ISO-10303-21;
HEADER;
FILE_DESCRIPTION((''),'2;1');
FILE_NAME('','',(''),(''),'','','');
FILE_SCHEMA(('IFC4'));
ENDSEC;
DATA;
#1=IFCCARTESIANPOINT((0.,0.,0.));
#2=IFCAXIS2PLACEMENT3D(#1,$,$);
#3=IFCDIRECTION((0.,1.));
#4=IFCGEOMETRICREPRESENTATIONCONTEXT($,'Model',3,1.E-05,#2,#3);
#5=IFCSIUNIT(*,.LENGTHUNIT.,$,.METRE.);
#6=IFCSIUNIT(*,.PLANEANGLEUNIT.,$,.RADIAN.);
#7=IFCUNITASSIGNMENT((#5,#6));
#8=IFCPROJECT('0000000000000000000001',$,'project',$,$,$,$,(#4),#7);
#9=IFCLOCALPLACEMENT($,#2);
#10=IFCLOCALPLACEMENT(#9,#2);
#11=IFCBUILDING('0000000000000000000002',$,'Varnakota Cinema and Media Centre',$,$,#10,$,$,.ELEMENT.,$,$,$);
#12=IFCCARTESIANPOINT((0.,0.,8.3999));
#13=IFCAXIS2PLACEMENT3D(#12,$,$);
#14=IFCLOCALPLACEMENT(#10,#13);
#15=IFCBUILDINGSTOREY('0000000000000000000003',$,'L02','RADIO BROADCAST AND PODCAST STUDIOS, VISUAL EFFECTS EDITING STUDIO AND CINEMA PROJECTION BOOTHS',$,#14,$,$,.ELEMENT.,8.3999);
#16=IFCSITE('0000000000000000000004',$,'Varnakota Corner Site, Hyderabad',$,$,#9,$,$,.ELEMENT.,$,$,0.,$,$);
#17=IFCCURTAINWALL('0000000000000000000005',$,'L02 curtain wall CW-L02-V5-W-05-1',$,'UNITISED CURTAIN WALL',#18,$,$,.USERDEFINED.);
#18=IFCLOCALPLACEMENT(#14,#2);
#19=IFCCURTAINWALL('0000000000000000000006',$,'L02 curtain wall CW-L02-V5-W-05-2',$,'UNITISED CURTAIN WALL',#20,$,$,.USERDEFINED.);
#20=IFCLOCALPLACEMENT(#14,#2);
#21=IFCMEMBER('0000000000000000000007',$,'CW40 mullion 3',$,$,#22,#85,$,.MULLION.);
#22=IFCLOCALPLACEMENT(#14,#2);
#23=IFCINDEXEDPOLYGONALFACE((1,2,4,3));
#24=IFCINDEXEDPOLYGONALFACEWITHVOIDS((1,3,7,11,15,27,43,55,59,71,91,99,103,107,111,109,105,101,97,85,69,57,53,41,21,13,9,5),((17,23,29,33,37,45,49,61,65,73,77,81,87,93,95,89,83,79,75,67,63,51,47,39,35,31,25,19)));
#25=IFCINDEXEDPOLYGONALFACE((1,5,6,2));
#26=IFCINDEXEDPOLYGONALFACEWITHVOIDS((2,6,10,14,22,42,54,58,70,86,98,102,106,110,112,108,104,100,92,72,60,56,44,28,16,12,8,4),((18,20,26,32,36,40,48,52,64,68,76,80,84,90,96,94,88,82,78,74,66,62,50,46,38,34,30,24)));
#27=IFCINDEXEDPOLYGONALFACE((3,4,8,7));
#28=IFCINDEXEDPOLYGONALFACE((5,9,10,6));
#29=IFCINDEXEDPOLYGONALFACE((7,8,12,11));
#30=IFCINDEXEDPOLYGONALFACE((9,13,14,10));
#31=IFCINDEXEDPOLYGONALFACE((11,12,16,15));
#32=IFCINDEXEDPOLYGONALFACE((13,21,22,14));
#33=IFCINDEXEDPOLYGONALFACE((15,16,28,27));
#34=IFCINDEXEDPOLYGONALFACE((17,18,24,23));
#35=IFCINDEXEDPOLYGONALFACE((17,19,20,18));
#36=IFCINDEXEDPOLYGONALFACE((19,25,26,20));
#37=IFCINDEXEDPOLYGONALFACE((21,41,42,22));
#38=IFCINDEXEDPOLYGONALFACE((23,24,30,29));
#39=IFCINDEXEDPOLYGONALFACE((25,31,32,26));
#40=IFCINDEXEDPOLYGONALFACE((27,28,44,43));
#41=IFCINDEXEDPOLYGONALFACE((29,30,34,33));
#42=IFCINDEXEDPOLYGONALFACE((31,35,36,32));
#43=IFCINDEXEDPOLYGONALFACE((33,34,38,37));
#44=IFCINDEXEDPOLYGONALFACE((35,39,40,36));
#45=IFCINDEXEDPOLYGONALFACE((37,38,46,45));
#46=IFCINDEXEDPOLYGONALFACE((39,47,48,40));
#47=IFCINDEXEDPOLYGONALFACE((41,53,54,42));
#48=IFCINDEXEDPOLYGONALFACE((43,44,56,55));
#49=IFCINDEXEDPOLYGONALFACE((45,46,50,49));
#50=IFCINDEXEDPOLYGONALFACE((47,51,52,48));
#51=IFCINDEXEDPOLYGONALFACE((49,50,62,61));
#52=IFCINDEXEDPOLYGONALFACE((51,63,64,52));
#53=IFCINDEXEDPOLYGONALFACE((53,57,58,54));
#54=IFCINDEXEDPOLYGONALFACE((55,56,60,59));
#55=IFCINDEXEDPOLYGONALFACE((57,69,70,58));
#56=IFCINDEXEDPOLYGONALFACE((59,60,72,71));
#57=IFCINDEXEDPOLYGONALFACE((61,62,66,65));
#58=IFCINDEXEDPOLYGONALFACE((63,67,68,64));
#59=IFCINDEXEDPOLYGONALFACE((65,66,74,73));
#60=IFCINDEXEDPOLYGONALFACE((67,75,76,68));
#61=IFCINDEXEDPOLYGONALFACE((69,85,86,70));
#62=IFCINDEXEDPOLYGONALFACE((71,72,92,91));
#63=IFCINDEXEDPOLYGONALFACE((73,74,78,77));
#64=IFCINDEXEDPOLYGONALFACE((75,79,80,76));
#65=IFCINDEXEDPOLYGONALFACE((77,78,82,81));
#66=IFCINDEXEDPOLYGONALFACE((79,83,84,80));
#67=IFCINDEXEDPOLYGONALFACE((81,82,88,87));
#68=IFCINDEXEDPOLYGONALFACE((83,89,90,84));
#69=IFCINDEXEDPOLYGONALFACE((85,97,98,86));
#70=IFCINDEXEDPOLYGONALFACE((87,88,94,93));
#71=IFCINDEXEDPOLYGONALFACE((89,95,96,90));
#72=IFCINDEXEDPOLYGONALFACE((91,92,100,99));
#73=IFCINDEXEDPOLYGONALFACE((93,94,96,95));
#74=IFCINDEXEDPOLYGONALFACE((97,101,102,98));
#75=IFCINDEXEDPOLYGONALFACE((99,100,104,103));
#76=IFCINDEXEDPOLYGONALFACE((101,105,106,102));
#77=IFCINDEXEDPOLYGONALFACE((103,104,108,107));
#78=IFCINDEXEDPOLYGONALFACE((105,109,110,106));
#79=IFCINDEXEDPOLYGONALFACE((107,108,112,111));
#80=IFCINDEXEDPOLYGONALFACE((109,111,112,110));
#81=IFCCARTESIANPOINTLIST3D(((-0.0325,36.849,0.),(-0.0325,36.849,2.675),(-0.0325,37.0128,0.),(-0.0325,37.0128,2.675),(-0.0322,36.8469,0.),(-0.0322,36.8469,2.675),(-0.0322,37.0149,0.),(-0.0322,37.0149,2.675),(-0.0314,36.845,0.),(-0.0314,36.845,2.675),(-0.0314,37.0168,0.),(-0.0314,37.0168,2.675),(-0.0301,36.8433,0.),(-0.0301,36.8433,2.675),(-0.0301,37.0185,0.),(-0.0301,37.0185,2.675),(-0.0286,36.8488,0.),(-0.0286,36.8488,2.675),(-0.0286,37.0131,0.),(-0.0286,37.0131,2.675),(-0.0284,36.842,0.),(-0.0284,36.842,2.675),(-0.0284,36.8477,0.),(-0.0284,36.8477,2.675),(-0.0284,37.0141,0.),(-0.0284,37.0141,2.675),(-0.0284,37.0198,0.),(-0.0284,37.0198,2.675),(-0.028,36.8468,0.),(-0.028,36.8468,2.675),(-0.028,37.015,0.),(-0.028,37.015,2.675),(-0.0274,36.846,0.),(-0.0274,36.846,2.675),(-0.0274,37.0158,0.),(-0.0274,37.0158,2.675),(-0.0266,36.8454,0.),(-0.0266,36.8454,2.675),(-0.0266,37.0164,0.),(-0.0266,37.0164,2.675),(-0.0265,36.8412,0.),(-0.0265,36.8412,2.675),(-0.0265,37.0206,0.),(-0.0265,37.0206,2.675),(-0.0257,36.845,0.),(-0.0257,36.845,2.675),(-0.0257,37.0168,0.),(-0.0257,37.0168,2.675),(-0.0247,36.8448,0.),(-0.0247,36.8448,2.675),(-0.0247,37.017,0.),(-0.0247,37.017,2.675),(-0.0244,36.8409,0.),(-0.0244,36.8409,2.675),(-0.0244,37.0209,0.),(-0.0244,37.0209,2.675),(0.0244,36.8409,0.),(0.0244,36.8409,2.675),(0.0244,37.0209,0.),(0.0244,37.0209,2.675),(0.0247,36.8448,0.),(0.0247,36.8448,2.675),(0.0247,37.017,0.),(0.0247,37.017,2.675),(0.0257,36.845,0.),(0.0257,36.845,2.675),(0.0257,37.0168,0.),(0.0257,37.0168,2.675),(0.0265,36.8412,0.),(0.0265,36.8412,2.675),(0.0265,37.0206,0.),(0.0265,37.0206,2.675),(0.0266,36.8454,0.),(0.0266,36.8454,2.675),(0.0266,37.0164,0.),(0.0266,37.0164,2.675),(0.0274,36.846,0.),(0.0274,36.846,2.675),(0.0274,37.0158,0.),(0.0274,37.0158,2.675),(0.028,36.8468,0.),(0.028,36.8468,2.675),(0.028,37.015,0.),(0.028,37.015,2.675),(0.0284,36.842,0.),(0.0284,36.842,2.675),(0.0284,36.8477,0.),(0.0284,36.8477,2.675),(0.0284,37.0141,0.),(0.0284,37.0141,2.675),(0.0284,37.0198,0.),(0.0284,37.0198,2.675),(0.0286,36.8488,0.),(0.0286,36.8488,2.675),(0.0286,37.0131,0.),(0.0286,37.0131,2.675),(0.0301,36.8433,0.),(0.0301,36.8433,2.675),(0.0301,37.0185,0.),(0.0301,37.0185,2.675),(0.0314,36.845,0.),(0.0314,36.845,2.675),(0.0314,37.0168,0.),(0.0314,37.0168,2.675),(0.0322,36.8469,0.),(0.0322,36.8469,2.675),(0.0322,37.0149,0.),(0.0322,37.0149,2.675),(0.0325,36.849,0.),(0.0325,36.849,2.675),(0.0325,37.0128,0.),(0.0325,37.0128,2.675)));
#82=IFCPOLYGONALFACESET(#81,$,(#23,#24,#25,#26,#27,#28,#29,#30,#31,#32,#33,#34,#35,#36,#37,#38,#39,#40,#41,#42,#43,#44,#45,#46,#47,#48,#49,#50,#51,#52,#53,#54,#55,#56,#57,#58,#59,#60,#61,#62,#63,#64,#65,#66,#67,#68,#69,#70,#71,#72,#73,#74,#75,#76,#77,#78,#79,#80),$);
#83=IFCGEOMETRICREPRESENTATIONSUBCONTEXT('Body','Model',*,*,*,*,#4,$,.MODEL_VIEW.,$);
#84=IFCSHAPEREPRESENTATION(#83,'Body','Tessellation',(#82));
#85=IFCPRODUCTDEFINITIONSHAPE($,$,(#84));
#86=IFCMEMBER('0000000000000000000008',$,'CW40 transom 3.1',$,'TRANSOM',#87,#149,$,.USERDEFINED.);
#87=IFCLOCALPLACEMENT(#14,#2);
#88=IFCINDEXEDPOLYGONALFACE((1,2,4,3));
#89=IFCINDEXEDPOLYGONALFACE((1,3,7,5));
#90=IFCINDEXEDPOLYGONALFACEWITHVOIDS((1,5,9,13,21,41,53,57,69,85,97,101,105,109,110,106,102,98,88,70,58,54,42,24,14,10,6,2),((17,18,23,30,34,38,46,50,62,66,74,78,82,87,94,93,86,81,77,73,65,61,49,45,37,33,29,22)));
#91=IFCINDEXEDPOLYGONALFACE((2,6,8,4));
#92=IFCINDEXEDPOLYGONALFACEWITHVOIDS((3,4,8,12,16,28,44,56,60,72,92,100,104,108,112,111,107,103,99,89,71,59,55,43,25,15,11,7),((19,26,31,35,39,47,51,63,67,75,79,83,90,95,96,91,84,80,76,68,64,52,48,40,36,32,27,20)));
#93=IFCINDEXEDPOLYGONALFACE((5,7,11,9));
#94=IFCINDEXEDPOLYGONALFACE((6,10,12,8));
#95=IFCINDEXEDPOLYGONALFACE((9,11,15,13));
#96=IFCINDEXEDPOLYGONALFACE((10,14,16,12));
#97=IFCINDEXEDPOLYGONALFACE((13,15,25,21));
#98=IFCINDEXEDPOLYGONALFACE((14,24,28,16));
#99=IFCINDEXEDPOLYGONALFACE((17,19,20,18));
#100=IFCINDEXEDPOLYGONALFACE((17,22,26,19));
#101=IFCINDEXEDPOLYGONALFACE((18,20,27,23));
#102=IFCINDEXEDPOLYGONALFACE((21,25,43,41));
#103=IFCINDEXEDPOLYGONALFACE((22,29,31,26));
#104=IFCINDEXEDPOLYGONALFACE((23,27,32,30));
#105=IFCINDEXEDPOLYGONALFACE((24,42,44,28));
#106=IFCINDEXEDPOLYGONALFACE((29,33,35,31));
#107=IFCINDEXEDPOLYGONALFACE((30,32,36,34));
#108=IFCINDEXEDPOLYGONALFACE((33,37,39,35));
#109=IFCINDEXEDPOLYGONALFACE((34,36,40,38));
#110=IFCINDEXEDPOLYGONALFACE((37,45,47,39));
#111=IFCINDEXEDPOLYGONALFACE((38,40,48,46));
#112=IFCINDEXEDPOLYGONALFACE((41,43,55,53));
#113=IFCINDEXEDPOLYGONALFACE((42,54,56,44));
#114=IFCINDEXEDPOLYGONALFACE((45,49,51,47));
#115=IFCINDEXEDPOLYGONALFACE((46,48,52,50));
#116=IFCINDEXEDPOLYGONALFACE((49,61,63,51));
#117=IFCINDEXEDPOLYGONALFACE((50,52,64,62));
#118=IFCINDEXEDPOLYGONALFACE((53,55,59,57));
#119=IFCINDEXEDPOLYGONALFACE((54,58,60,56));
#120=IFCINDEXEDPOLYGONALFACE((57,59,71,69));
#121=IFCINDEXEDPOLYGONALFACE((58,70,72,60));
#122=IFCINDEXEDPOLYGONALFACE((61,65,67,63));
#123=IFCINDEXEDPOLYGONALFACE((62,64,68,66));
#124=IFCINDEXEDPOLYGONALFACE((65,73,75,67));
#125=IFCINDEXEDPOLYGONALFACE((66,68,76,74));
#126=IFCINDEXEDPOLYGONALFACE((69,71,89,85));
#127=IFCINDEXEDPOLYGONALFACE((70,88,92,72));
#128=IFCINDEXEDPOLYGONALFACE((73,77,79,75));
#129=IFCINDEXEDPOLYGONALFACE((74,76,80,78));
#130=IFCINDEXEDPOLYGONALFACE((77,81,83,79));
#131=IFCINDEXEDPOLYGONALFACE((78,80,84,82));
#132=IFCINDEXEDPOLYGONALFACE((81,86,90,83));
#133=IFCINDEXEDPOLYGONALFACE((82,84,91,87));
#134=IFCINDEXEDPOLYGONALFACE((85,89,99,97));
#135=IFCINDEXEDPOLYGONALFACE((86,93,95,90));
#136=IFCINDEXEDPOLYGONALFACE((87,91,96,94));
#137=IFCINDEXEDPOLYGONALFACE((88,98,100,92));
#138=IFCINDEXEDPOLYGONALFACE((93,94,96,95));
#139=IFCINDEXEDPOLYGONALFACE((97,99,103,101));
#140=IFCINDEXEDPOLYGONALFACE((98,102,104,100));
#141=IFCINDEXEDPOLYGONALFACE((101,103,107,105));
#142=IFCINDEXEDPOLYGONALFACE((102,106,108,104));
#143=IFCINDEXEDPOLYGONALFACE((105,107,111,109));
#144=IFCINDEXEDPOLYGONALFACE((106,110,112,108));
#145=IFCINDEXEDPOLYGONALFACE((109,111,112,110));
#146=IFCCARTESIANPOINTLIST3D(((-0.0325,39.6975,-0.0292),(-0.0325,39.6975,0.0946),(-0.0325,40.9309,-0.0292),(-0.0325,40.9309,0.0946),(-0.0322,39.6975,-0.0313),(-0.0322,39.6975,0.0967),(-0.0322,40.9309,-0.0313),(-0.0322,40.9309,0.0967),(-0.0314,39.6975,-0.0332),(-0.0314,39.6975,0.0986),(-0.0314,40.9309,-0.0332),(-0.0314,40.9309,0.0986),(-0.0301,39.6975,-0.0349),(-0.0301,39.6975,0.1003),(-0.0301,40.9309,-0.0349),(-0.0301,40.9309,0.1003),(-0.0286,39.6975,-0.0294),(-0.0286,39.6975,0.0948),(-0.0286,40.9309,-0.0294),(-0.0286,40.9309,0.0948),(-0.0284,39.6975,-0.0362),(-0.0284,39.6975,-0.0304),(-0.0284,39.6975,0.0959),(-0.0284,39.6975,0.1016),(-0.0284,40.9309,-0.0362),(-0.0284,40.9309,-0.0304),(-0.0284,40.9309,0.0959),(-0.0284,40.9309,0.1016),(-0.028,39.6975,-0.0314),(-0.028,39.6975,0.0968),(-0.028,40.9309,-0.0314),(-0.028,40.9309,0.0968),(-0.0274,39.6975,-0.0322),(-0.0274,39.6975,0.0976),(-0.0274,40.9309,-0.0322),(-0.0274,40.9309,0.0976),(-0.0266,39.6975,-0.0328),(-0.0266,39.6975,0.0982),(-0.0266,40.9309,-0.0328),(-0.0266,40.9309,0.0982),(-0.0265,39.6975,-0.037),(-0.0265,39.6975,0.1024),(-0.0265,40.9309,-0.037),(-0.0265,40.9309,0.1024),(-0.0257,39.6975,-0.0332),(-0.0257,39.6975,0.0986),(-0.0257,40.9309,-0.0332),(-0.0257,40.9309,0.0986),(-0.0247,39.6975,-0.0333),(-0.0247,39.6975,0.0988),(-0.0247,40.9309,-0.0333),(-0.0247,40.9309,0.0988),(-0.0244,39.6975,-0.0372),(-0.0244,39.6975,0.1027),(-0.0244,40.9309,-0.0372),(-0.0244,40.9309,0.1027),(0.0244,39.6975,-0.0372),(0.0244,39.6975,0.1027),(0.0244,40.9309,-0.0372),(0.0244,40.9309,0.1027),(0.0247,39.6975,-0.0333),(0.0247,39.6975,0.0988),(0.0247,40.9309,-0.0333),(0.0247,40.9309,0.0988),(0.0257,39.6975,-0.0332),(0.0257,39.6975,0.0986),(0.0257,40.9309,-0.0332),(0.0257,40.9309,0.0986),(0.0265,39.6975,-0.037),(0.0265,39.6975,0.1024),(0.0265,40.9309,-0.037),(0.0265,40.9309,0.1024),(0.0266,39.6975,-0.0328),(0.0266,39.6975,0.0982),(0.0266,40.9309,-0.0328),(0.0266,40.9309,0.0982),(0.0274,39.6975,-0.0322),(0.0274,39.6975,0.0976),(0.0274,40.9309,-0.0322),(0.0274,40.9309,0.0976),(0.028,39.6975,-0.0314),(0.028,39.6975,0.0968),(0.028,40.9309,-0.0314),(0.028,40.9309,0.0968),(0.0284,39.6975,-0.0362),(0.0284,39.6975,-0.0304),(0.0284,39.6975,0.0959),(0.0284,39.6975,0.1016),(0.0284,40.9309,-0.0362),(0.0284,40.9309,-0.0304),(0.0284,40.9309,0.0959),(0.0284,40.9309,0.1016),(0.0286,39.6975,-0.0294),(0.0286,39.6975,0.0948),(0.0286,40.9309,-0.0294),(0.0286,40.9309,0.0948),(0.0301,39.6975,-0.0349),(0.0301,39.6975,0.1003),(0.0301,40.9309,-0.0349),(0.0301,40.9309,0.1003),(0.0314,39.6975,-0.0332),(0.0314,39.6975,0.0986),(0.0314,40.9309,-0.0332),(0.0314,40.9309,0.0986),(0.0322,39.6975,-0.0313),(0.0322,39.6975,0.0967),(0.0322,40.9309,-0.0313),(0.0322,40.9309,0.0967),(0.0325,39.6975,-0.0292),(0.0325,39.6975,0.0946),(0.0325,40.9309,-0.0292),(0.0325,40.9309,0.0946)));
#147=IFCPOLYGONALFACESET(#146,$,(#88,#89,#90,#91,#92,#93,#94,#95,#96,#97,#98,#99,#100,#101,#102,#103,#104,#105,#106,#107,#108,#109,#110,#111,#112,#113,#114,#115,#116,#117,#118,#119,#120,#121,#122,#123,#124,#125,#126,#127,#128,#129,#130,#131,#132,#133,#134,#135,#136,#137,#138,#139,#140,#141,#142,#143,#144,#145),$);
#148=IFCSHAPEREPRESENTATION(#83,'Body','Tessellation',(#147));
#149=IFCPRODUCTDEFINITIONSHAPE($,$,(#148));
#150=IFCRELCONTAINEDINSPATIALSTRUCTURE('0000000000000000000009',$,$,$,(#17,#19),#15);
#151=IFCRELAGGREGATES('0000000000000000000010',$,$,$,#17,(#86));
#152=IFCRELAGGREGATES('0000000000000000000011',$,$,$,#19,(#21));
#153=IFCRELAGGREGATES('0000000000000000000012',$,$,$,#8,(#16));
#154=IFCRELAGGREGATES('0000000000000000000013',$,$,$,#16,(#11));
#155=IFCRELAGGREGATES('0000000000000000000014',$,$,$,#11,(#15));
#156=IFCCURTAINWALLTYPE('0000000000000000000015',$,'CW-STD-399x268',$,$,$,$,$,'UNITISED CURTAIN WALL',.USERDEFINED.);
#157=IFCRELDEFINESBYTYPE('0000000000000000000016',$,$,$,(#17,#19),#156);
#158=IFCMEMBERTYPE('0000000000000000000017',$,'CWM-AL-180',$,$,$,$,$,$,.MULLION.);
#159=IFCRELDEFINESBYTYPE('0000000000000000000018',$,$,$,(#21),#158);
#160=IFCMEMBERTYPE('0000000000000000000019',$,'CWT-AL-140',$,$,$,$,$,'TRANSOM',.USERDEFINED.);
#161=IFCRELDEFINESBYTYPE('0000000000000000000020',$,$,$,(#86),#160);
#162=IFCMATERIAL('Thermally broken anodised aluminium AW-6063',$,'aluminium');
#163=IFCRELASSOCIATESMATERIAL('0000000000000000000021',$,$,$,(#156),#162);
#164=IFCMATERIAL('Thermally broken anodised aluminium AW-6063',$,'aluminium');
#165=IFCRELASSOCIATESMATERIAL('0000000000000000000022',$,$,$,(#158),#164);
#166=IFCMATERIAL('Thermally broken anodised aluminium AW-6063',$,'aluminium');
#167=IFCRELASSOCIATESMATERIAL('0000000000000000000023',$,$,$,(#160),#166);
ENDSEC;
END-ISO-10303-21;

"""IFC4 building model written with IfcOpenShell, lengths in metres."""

from ifc_helpers import new_model, si_unit, direction, frame, origin, origin_2d, place, context, subcontext, project, spatial, hollow_rectangle, extrude, material, material_profile, profile_set, type_object, element, aggregate, save


model = new_model("IFC4")

# Units and contexts
model_context = context("Model", 3, precision=1e-05, world=origin(), true_north=direction((0.0, 1.0)))
body_context = subcontext(model_context, "Body", "Model", "MODEL_VIEW")
ifc_project = project(units=[si_unit("LENGTHUNIT", "METRE"), si_unit("PLANEANGLEUNIT", "RADIAN")], contexts=[model_context])

# Site, building, storey
site_placement = place(None, origin())
site = spatial("IfcSite", under=ifc_project, at=site_placement, Name="Varnakota Corner Site, Hyderabad", CompositionType="ELEMENT", RefElevation=0.0)
building_placement = place(site_placement, origin())
building = spatial("IfcBuilding", under=site, at=building_placement, Name="Varnakota Cinema and Media Centre", CompositionType="ELEMENT")
storey_placement = place(building_placement, frame((0.0, 0.0, 8.3999)))
storey = spatial("IfcBuildingStorey", under=building, at=storey_placement, Name="L02", Description="RADIO BROADCAST AND PODCAST STUDIOS, VISUAL EFFECTS EDITING STUDIO AND CINEMA PROJECTION BOOTHS", CompositionType="ELEMENT", Elevation=8.3999)

# Curtain walls, member
ifc_material_1 = material(Name="Thermally broken anodised aluminium AW-6063", Category="aluminium")
curtain_wall_type = type_object("IfcCurtainWallType", Name="CW-STD-399x268", ElementType="UNITISED CURTAIN WALL", PredefinedType="USERDEFINED", material=ifc_material_1)
curtain_wall_1_placement = place(storey_placement, origin())
curtain_wall_1 = element("IfcCurtainWall", 1, at=curtain_wall_1_placement, inside=storey, type_object=curtain_wall_type, Name="L02 curtain wall CW-L02-V5-W-05-1", ObjectType="UNITISED CURTAIN WALL", PredefinedType="USERDEFINED")
ifc_material_2 = material(Name="Thermally broken anodised aluminium AW-6063", Category="aluminium")
ifc_material_profile_1 = material_profile(ifc_material_2, hollow_rectangle(XDim=0.0649, YDim=0.1799, WallThickness=0.0039, InnerFilletRadius=0.0039, OuterFilletRadius=0.0081, at=origin_2d()), Name="AL-MULLION 180x65x4")
ifc_profile_set_1 = profile_set([ifc_material_profile_1], Name="Thermally broken anodised aluminium AW-6063")
member_type_1 = type_object("IfcMemberType", Name="CWM-AL-180", PredefinedType="MULLION", material=ifc_profile_set_1)
curtain_wall_2_placement = place(storey_placement, origin())
curtain_wall_2 = element("IfcCurtainWall", 2, at=curtain_wall_2_placement, inside=storey, type_object=curtain_wall_type, Name="L02 curtain wall CW-L02-V5-W-05-2", ObjectType="UNITISED CURTAIN WALL", PredefinedType="USERDEFINED")
member_1_placement = place(storey_placement, frame((0.0, 36.9309, 0.0), z_axis=(0.0, 0.0, 1.0), x_axis=(1.0, 0.0, 0.0)))
member_1 = element("IfcMember", 3, at=member_1_placement, type_object=member_type_1, Name="CW40 mullion 3", PredefinedType="MULLION", context=body_context, shape_type="SweptSolid", body=[
    extrude(hollow_rectangle(XDim=0.0649, YDim=0.1799, WallThickness=0.0039, InnerFilletRadius=0.0039, OuterFilletRadius=0.0081, at=origin_2d()), origin(), (0.0, 0.0, 1.0), 2.675),
])

# Member
ifc_material_3 = material(Name="Thermally broken anodised aluminium AW-6063", Category="aluminium")
ifc_material_profile_2 = material_profile(ifc_material_3, hollow_rectangle(XDim=0.0649, YDim=0.1399, WallThickness=0.0039, InnerFilletRadius=0.0039, OuterFilletRadius=0.0081, at=origin_2d()), Name="AL-TRANSOM 140x65x4")
ifc_profile_set_2 = profile_set([ifc_material_profile_2], Name="Thermally broken anodised aluminium AW-6063")
member_type_2 = type_object("IfcMemberType", Name="CWT-AL-140", ElementType="TRANSOM", PredefinedType="USERDEFINED", material=ifc_profile_set_2)
member_2_placement = place(storey_placement, frame((0.0, 40.9309, 0.0327), z_axis=(0.0, -1.0, 0.0), x_axis=(1.0, 0.0, 0.0)))
member_2 = element("IfcMember", 4, at=member_2_placement, type_object=member_type_2, Name="CW40 transom 3.1", ObjectType="TRANSOM", PredefinedType="USERDEFINED", context=body_context, shape_type="SweptSolid", body=[
    extrude(hollow_rectangle(XDim=0.0649, YDim=0.1399, WallThickness=0.0039, InnerFilletRadius=0.0039, OuterFilletRadius=0.0081, at=origin_2d()), origin(), (0.0, 0.0, 1.0), 1.2334),
])

aggregate(curtain_wall_1, [member_2])
aggregate(curtain_wall_2, [member_1])

save(model, "model.ifc")
